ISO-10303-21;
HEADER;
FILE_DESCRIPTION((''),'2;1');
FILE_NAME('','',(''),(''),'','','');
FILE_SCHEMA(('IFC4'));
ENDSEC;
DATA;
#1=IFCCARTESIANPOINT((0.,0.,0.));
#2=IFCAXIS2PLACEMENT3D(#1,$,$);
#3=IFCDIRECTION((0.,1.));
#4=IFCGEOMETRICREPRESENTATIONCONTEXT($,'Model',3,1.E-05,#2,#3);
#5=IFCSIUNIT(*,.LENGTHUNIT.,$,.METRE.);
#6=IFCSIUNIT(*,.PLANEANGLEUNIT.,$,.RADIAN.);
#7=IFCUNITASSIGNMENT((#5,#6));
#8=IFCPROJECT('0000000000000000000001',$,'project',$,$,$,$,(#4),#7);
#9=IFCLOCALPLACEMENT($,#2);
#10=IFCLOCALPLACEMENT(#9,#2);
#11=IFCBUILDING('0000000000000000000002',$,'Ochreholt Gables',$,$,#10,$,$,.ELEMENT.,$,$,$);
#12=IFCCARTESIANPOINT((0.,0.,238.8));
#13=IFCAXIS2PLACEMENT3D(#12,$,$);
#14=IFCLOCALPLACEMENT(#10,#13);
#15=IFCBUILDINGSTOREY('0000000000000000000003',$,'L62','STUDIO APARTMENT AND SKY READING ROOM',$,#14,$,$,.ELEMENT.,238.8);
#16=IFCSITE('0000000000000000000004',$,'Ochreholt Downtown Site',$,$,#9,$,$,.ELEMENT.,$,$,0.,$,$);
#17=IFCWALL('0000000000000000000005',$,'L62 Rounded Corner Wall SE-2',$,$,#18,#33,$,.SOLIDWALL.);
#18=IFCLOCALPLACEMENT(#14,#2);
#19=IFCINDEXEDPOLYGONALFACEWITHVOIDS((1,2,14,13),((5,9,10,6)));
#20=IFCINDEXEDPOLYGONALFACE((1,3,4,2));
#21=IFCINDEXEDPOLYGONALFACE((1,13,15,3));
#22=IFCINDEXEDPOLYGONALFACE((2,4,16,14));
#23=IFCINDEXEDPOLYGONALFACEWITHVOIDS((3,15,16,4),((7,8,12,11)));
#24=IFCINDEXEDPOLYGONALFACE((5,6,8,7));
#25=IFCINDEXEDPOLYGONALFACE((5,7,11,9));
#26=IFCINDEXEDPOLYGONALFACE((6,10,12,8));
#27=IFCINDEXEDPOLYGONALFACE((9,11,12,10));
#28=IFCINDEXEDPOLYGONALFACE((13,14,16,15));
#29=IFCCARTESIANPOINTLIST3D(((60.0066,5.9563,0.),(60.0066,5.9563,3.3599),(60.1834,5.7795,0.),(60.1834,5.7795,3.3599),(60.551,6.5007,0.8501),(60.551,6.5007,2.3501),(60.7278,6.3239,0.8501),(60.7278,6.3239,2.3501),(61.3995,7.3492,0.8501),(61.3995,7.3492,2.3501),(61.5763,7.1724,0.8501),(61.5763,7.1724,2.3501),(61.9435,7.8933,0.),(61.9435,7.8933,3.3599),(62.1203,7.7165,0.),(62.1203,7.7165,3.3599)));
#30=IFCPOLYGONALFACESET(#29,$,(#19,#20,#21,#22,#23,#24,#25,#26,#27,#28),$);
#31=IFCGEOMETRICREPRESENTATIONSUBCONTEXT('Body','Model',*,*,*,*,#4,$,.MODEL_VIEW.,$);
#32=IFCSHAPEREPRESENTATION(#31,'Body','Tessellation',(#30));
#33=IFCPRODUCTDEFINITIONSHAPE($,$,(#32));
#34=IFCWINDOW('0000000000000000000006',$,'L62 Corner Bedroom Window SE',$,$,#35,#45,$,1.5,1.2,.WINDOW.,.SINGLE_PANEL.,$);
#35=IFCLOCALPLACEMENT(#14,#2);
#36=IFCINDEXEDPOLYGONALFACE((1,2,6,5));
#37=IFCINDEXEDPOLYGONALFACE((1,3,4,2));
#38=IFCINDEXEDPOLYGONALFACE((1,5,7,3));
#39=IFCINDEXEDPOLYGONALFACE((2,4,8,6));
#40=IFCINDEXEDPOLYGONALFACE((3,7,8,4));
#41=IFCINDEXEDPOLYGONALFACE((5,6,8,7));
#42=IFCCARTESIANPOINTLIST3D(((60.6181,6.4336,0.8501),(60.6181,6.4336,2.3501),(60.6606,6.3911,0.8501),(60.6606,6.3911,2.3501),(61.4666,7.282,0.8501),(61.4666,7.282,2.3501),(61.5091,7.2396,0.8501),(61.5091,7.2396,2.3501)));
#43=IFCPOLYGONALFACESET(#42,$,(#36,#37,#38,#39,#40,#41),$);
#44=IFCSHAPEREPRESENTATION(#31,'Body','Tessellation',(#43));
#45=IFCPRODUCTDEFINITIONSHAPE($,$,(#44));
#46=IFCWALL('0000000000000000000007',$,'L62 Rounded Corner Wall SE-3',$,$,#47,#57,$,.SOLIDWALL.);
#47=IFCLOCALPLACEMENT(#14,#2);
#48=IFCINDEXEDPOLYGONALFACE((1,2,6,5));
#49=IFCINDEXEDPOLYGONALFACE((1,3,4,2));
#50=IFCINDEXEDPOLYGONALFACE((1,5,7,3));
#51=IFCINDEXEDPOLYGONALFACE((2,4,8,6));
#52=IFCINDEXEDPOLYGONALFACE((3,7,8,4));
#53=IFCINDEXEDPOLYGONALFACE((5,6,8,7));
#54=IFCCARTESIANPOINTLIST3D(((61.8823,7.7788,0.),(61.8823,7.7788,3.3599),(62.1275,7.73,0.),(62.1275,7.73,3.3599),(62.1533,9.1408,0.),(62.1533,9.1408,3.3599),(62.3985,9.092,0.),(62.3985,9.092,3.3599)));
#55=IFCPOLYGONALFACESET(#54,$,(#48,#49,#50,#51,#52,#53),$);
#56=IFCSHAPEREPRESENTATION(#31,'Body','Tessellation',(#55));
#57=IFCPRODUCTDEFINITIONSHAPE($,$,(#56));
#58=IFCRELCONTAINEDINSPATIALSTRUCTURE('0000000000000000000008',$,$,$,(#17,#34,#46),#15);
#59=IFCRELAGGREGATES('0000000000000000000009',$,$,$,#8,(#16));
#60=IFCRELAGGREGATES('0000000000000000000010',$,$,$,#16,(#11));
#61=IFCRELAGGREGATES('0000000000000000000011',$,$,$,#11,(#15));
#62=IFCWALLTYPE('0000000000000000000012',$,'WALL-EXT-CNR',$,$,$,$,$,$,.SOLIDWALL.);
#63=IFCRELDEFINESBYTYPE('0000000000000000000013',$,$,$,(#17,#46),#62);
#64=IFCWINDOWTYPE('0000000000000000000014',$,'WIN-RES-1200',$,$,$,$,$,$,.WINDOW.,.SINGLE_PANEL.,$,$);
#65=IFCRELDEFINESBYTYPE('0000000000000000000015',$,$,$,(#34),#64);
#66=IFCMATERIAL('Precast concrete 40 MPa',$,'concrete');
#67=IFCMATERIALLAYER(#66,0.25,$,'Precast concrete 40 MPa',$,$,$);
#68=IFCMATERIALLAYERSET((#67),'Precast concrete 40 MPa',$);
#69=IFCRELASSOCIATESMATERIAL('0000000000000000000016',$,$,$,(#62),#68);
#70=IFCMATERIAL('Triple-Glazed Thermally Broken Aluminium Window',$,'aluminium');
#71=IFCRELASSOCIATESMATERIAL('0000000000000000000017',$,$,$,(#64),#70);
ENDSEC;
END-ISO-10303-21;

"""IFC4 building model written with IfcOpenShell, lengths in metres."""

from ifc_helpers import new_model, si_unit, direction, frame, frame_2d, origin, place, context, subcontext, project, spatial, rectangle, extrude, material, layer, layer_set, type_object, element, fill, save


model = new_model("IFC4")

# Units and contexts
model_context = context("Model", 3, precision=1e-05, world=origin(), true_north=direction((0.0, 1.0)))
body_context = subcontext(model_context, "Body", "Model", "MODEL_VIEW")
ifc_project = project(units=[si_unit("LENGTHUNIT", "METRE"), si_unit("PLANEANGLEUNIT", "RADIAN")], contexts=[model_context])

# Site, building, storey
site_placement = place(None, origin())
site = spatial("IfcSite", under=ifc_project, at=site_placement, Name="Ochreholt Downtown Site", CompositionType="ELEMENT", RefElevation=0.0)
building_placement = place(site_placement, origin())
building = spatial("IfcBuilding", under=site, at=building_placement, Name="Ochreholt Gables", CompositionType="ELEMENT")
storey_placement = place(building_placement, frame((0.0, 0.0, 238.8)))
storey = spatial("IfcBuildingStorey", under=building, at=storey_placement, Name="L62", Description="STUDIO APARTMENT AND SKY READING ROOM", CompositionType="ELEMENT", Elevation=238.8)

# Shared definitions
ifc_material_1 = material(Name="Precast concrete 40 MPa", Category="concrete")
ifc_material_2 = material(Name="Triple-Glazed Thermally Broken Aluminium Window", Category="aluminium")

# Shared definitions
ifc_layer_1 = layer(ifc_material_1, 0.25, Name="Precast concrete 40 MPa")
ifc_layer_set_1 = layer_set([ifc_layer_1], Name="Precast concrete 40 MPa")
wall_type_1 = type_object("IfcWallType", Name="WALL-EXT-CNR", PredefinedType="SOLIDWALL", material=ifc_layer_set_1)

# Wall, opening, window
wall_1_placement = place(storey_placement, frame((60.095, 5.8679, 0.0), z_axis=(0.0, 0.0, 1.0), x_axis=(0.707107, 0.707107, 0.0)))
wall_1 = element("IfcWall", 1, at=wall_1_placement, inside=storey, type_object=wall_type_1, Name="L62 Rounded Corner Wall SE-2", PredefinedType="SOLIDWALL", context=body_context, shape_type="SweptSolid", body=[
    extrude(rectangle(XDim=2.7393, YDim=0.25, at=frame_2d((1.3696, 0.0))), origin(), (0.0, 0.0, 1.0), 3.3599),
])
opening_1_placement = place(wall_1_placement, frame((0.7698, 0.0, 0.8501)))
opening_1 = element("IfcOpeningElement", 2, at=opening_1_placement, cuts=wall_1, PredefinedType="OPENING", context=body_context, shape_type="SweptSolid", body=[
    extrude(rectangle(XDim=1.2, YDim=1.5, at=frame_2d((0.6001, 0.75))), frame((0.0, 0.135, 0.0), z_axis=(0.0, -1.0, 0.0), x_axis=(1.0, 0.0, 0.0)), (0.0, 0.0, 1.0), 0.27),
])
window_type_1 = type_object("IfcWindowType", Name="WIN-RES-1200", PartitioningType="SINGLE_PANEL", PredefinedType="WINDOW", material=ifc_material_2)
window_1_placement = place(opening_1_placement, origin())
window_1 = element("IfcWindow", 3, at=window_1_placement, inside=storey, type_object=window_type_1, Name="L62 Corner Bedroom Window SE", OverallHeight=1.5, OverallWidth=1.2, PartitioningType="SINGLE_PANEL", PredefinedType="WINDOW", context=body_context, shape_type="SweptSolid", body=[
    extrude(rectangle(XDim=1.2, YDim=1.5, at=frame_2d((0.6001, 0.75))), frame((0.0, 0.03, 0.0), z_axis=(0.0, -1.0, 0.0), x_axis=(1.0, 0.0, 0.0)), (0.0, 0.0, 1.0), 0.0601),
])
fill(opening_1, window_1)

# Wall
wall_2_placement = place(storey_placement, frame((62.0049, 7.7544, 0.0), z_axis=(0.0, 0.0, 1.0), x_axis=(0.195136, 0.980776, 0.0)))
element("IfcWall", 4, at=wall_2_placement, inside=storey, type_object=wall_type_1, Name="L62 Rounded Corner Wall SE-3", PredefinedType="SOLIDWALL", context=body_context, shape_type="SweptSolid", body=[
    extrude(rectangle(XDim=1.3887, YDim=0.25, at=frame_2d((0.6943, 0.0))), origin(), (0.0, 0.0, 1.0), 3.3599),
])

save(model, "model.ifc")
